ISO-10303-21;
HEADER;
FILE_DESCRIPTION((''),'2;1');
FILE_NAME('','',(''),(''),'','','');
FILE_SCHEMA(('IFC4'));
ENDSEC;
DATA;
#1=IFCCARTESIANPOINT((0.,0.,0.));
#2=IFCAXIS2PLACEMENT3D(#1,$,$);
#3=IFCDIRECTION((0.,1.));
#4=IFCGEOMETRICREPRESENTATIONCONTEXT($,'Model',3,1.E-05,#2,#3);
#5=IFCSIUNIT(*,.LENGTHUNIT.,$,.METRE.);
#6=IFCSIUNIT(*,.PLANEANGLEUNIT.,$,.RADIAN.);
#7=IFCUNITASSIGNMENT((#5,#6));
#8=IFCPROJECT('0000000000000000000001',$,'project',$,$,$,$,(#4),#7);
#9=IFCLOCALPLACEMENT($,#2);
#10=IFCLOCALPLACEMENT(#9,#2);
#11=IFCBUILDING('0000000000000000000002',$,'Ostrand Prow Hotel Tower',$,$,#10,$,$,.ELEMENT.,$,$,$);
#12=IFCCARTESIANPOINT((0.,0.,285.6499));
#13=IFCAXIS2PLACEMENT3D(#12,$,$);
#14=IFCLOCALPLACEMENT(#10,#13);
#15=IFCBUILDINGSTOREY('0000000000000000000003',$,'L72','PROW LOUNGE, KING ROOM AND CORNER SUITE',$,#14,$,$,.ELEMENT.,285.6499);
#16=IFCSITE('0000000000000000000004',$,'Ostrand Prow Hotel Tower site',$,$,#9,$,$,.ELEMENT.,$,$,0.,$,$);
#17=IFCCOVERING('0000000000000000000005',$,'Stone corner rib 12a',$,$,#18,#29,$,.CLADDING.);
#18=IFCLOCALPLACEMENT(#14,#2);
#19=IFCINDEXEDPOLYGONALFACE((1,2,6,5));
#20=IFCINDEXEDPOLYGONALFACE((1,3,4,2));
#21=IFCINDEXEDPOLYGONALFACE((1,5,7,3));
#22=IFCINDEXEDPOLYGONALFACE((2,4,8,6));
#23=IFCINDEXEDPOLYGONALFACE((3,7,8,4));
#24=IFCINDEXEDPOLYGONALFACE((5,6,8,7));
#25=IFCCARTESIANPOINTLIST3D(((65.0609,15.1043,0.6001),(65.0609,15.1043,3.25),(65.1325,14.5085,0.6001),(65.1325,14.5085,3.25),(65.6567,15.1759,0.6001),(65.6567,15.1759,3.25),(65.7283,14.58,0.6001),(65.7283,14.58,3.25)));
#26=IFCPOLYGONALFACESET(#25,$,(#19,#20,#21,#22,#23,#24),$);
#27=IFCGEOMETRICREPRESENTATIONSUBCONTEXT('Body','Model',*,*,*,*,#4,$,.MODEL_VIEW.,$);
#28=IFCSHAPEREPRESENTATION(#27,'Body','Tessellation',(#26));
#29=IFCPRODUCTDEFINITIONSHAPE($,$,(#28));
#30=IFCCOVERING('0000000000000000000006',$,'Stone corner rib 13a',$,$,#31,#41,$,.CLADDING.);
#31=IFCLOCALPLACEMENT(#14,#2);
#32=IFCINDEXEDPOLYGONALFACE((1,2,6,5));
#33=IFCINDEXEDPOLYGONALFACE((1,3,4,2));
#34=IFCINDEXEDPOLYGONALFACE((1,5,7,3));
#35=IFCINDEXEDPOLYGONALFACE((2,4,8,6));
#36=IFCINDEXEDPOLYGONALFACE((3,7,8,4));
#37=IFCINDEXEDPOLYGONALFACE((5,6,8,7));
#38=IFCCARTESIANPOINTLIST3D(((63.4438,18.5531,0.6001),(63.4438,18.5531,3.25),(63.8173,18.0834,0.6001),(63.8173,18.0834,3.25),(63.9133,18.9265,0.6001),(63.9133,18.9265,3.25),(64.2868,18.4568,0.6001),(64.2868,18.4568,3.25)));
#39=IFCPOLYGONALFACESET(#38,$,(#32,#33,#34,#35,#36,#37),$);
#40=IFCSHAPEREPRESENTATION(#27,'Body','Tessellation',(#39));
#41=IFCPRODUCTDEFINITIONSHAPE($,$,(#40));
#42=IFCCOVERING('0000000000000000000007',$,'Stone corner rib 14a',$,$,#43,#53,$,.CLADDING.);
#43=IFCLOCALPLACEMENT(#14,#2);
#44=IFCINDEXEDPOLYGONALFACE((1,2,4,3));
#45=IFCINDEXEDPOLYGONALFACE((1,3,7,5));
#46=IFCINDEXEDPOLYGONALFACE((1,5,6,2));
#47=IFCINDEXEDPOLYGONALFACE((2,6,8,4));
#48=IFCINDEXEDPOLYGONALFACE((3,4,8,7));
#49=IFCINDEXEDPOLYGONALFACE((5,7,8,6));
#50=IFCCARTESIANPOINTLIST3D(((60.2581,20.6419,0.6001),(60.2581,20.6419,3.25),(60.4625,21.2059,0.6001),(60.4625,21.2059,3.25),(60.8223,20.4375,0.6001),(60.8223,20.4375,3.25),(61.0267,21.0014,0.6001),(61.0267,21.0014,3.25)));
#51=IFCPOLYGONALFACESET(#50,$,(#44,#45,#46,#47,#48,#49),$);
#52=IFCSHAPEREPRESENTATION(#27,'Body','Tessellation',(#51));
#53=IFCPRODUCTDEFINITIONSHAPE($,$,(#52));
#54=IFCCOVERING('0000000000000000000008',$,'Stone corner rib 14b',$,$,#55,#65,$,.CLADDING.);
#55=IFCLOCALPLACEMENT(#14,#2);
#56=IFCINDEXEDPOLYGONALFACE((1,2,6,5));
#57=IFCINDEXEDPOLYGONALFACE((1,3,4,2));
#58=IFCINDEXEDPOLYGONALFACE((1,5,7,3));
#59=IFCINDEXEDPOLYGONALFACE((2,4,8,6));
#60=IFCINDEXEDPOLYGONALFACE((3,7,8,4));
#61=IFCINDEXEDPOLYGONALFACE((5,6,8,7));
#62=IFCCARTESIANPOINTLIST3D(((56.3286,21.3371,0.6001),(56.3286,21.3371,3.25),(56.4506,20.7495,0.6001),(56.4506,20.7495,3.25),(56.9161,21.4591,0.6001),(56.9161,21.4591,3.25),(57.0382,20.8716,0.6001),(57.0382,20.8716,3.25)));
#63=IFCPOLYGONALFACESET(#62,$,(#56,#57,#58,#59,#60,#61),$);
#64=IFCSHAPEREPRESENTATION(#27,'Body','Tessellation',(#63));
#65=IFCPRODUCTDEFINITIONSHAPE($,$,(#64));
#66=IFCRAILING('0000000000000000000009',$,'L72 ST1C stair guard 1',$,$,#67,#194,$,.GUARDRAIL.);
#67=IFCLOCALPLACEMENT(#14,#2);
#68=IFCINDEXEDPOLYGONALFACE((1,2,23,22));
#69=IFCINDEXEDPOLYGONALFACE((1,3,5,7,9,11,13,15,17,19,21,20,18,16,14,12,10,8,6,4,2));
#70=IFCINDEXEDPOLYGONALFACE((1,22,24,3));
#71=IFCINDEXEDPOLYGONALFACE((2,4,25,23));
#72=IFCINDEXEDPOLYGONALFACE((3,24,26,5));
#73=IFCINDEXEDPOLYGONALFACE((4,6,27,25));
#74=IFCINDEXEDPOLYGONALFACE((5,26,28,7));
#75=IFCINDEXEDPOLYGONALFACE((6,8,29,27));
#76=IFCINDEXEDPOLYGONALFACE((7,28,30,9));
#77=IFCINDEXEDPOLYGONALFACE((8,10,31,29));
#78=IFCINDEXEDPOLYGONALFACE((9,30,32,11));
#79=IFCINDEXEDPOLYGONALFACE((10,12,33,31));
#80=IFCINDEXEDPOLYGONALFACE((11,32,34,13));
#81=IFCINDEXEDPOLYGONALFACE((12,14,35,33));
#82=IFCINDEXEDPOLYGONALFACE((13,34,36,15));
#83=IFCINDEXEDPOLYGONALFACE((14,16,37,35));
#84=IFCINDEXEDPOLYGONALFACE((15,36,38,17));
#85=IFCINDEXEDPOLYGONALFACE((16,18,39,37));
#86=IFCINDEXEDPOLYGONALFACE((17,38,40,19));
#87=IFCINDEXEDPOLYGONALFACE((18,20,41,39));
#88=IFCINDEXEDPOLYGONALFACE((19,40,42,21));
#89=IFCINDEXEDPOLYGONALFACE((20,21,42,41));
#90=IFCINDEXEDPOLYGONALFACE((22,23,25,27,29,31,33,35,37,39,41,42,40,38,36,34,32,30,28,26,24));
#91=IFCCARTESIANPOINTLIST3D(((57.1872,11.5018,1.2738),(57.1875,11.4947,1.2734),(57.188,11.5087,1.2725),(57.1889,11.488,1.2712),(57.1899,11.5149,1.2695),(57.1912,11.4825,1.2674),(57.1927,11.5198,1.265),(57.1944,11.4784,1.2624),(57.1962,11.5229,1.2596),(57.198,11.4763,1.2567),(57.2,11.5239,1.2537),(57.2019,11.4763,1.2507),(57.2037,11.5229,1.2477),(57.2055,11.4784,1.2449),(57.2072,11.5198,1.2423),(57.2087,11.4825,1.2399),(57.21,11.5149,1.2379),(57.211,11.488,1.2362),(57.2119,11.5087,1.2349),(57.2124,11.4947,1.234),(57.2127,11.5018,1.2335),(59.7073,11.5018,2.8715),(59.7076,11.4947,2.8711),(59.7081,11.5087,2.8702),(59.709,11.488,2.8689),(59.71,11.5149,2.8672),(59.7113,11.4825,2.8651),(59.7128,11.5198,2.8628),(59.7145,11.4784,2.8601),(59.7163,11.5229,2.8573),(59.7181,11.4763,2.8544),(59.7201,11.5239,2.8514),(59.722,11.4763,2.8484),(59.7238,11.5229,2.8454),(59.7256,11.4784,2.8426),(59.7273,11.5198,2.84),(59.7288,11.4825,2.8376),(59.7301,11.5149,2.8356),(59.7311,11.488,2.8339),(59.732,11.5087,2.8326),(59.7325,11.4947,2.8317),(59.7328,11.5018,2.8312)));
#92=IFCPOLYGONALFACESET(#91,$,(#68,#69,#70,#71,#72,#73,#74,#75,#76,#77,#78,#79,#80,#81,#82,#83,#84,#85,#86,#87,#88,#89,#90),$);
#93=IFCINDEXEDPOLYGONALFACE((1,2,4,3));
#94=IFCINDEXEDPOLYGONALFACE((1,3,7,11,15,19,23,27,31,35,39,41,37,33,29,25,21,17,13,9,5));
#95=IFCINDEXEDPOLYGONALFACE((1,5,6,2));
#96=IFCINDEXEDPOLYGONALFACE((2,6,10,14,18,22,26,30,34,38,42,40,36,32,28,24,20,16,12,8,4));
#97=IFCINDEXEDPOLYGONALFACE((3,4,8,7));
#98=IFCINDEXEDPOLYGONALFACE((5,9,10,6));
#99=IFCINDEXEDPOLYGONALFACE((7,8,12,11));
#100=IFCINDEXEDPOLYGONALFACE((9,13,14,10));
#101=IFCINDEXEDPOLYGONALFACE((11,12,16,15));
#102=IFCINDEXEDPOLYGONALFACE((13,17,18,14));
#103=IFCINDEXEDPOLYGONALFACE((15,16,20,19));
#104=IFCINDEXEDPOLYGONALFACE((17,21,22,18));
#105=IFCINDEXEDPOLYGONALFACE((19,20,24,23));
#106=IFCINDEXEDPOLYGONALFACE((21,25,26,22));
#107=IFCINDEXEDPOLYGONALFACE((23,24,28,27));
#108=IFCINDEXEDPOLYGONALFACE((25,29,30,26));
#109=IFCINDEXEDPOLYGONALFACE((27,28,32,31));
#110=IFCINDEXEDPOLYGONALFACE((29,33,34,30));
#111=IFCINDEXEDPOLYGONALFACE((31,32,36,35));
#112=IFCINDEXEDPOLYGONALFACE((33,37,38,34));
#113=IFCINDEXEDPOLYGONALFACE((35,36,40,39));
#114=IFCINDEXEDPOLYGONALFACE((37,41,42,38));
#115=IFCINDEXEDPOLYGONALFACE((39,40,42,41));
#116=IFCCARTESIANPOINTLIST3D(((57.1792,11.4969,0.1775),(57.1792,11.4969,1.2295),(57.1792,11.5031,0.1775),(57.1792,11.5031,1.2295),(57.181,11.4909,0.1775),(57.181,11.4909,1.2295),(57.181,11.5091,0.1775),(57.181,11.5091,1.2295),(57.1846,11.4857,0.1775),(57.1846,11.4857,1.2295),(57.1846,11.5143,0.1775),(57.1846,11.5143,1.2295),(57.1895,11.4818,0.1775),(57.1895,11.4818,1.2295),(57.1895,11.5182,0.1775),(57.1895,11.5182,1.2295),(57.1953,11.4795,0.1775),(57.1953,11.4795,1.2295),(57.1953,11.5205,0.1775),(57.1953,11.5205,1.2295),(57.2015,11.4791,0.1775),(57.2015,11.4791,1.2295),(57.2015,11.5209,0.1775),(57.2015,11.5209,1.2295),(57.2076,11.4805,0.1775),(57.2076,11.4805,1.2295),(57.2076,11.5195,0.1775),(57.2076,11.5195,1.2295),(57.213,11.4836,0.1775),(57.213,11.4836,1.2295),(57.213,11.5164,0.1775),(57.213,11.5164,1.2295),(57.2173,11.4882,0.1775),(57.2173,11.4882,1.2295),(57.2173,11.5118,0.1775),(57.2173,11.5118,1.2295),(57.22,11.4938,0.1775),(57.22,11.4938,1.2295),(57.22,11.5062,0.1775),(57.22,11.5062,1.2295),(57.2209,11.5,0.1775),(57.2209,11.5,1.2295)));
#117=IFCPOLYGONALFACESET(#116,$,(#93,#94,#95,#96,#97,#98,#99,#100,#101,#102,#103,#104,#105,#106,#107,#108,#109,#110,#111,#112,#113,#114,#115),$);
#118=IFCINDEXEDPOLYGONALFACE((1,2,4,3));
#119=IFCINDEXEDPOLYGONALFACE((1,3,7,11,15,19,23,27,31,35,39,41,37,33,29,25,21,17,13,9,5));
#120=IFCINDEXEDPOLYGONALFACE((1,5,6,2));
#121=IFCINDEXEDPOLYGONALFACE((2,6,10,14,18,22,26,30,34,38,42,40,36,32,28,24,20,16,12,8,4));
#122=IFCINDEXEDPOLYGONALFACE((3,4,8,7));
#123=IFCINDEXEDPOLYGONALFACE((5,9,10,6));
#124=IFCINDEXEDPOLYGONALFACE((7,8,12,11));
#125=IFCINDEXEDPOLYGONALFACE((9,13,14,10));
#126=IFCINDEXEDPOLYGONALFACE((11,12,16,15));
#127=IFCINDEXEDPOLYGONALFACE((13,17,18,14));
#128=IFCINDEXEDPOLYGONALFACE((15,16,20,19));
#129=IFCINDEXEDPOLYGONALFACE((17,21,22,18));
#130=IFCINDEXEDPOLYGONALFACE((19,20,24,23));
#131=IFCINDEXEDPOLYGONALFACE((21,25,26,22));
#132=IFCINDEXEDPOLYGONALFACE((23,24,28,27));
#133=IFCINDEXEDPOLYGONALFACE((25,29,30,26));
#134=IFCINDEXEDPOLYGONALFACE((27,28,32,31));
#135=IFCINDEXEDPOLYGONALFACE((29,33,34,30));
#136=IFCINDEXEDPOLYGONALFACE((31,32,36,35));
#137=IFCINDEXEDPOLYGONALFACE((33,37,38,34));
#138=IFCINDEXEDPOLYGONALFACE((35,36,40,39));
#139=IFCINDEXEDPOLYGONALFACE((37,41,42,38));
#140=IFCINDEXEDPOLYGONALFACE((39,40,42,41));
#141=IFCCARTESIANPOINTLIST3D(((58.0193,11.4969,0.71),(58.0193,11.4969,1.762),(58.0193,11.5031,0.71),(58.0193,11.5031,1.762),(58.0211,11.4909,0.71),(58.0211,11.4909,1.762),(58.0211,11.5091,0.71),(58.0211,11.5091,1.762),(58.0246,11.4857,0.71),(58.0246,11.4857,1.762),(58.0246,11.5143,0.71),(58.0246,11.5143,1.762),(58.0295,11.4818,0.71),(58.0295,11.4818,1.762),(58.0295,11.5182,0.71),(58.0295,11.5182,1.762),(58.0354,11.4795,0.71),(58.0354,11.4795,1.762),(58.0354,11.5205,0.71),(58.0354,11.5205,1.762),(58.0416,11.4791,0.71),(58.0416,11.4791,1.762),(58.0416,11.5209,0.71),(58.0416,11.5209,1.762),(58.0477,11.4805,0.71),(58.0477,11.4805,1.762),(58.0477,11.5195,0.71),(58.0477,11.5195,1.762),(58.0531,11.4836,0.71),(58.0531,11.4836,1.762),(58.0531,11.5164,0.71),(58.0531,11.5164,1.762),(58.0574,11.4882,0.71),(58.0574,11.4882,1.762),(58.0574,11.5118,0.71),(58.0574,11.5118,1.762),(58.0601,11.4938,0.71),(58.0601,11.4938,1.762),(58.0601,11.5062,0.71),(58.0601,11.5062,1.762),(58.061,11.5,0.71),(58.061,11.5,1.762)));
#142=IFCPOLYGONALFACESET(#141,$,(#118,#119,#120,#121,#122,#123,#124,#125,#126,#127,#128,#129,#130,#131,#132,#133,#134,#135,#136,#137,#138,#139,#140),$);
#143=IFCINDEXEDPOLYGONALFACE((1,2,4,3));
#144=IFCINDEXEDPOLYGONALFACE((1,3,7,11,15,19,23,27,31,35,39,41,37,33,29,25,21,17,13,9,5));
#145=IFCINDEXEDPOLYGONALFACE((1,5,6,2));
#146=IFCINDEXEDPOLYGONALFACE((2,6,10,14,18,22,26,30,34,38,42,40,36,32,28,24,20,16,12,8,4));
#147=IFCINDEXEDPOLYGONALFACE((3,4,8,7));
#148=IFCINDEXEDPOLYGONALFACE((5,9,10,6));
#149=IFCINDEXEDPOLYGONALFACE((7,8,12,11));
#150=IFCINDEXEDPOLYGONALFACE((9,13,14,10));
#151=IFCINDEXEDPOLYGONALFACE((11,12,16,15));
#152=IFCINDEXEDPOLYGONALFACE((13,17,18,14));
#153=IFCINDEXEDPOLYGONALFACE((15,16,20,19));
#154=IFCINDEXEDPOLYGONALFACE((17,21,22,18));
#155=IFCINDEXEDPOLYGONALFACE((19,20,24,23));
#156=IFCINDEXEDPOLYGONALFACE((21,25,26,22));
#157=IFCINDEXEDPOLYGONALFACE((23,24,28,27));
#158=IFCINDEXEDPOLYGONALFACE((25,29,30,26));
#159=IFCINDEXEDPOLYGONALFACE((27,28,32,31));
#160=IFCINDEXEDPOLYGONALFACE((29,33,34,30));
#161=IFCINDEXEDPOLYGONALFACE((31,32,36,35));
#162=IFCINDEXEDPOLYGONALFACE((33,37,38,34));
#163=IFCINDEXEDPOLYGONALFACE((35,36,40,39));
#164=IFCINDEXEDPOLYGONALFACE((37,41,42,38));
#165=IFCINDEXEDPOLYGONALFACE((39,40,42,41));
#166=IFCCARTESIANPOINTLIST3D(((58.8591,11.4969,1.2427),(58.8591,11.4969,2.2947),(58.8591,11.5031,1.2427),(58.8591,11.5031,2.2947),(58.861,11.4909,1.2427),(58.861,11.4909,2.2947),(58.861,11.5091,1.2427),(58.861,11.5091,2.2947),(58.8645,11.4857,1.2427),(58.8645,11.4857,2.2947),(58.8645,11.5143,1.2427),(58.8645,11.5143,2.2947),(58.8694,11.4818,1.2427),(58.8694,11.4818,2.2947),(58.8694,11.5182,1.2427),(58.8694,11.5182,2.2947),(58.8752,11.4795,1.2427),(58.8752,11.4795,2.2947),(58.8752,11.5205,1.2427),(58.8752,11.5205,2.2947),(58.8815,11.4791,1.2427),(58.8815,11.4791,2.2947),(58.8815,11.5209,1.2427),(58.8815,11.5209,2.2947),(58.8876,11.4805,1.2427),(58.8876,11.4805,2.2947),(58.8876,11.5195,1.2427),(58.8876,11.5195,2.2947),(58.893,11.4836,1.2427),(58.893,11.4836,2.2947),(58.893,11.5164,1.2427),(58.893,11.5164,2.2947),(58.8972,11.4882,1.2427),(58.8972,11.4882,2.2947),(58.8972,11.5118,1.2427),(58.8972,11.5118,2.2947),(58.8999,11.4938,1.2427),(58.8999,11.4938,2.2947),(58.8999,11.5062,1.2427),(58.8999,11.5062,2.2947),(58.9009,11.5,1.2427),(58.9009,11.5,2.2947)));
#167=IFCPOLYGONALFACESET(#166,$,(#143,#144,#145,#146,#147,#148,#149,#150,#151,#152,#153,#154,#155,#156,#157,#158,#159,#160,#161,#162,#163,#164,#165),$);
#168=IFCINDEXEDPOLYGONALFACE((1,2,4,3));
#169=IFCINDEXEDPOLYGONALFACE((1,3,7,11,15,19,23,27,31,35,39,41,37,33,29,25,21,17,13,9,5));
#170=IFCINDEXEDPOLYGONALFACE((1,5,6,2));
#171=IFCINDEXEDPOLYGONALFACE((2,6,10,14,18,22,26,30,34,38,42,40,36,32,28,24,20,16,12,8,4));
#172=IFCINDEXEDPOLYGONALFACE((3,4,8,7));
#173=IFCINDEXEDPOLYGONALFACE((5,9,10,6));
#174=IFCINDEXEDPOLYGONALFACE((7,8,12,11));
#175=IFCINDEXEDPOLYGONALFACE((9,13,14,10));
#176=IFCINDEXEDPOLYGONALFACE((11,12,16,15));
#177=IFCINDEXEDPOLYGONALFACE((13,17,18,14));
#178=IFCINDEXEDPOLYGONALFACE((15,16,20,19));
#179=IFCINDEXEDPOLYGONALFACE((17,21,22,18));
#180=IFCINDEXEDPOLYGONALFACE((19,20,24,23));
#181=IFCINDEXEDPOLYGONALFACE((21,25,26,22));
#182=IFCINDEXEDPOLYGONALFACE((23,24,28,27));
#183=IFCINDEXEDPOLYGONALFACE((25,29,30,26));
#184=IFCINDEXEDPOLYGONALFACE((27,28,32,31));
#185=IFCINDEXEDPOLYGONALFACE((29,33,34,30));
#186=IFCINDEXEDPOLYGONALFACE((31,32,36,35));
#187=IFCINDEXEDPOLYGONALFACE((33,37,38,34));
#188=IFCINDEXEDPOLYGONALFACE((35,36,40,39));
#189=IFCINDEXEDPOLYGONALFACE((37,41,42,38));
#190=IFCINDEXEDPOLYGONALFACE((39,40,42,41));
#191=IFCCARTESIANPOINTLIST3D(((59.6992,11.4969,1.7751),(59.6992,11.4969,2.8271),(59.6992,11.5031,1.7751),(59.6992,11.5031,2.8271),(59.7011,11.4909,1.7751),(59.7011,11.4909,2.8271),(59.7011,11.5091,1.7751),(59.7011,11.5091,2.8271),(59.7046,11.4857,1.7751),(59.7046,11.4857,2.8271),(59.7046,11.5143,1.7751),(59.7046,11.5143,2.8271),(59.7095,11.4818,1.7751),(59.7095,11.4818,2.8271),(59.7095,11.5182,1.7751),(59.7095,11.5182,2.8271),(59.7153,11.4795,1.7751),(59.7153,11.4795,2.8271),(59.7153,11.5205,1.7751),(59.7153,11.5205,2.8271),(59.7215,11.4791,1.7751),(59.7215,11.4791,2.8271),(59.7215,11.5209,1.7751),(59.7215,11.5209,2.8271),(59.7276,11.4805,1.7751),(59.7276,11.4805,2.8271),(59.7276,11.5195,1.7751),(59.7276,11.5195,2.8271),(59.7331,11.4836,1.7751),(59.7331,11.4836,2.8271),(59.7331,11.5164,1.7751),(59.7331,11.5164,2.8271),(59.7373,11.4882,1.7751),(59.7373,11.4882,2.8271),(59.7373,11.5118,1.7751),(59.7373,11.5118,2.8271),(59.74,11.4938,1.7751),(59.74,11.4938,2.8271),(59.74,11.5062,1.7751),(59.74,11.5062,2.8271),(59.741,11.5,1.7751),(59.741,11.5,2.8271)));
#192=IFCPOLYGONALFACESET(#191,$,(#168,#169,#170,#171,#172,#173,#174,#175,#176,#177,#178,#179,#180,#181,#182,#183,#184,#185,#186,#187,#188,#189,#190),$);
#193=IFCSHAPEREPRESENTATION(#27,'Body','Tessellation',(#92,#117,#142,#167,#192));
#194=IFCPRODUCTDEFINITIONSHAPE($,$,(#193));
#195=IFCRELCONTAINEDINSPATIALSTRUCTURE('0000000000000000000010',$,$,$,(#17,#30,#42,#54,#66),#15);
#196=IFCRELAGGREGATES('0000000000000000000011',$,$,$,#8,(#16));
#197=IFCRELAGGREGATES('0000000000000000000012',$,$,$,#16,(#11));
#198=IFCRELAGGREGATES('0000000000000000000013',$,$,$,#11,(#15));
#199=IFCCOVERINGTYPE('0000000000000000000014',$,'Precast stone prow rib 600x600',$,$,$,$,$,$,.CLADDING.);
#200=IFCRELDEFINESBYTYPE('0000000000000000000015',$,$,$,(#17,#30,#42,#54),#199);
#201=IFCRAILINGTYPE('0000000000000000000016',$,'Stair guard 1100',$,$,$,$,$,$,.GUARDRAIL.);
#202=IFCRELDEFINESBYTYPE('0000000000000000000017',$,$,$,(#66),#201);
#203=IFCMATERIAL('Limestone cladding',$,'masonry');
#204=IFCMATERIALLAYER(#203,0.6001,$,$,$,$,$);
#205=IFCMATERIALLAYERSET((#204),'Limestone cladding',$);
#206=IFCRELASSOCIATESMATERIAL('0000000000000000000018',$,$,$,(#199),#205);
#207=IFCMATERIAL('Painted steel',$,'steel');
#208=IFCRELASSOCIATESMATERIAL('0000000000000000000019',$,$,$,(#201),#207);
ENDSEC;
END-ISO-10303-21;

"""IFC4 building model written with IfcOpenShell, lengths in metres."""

from ifc_helpers import new_model, si_unit, direction, frame, frame_2d, origin, origin_2d, place, context, subcontext, project, spatial, rectangle, circle, extrude, material, layer, layer_set, type_object, element, save


model = new_model("IFC4")

# Units and contexts
model_context = context("Model", 3, precision=1e-05, world=origin(), true_north=direction((0.0, 1.0)))
body_context = subcontext(model_context, "Body", "Model", "MODEL_VIEW")
ifc_project = project(units=[si_unit("LENGTHUNIT", "METRE"), si_unit("PLANEANGLEUNIT", "RADIAN")], contexts=[model_context])

# Site, building, storey
site_placement = place(None, origin())
site = spatial("IfcSite", under=ifc_project, at=site_placement, Name="Ostrand Prow Hotel Tower site", CompositionType="ELEMENT", RefElevation=0.0)
building_placement = place(site_placement, origin())
building = spatial("IfcBuilding", under=site, at=building_placement, Name="Ostrand Prow Hotel Tower", CompositionType="ELEMENT")
storey_placement = place(building_placement, frame((0.0, 0.0, 285.6499)))
storey = spatial("IfcBuildingStorey", under=building, at=storey_placement, Name="L72", Description="PROW LOUNGE, KING ROOM AND CORNER SUITE", CompositionType="ELEMENT", Elevation=285.6499)

# Coverings
ifc_material_1 = material(Name="Limestone cladding", Category="masonry")
ifc_layer_1 = layer(ifc_material_1, 0.6001)
ifc_layer_set_1 = layer_set([ifc_layer_1], Name="Limestone cladding")
covering_type = type_object("IfcCoveringType", Name="Precast stone prow rib 600x600", PredefinedType="CLADDING", material=ifc_layer_set_1)
covering_1_placement = place(storey_placement, frame((65.0967, 14.8064, 0.6001), z_axis=(0.0, 0.0, 1.0), x_axis=(0.992867, 0.119225, 0.0)))
element("IfcCovering", 1, at=covering_1_placement, inside=storey, type_object=covering_type, Name="Stone corner rib 12a", PredefinedType="CLADDING", context=body_context, shape_type="SweptSolid", body=[
    extrude(rectangle(XDim=0.6001, YDim=0.6001, at=frame_2d((0.3, 0.0))), origin(), (0.0, 0.0, 1.0), 2.6499),
])
for number, where, z_axis, x_axis, name in (
    (2, (63.6306, 18.3184, 0.6001), (0.0, 0.0, 1.0), (0.782732, 0.622359, 0.0), "Stone corner rib 13a"),
    (3, (60.5403, 20.5398, 0.6001), (0.0, 0.0, 1.0), (0.340664, 0.940185, 0.0), "Stone corner rib 14a"),
):
    element("IfcCovering", number, at=place(storey_placement, frame(where, z_axis=z_axis, x_axis=x_axis)), inside=storey, type_object=covering_type, Name=name, PredefinedType="CLADDING", context=body_context, shape_type="SweptSolid", body=[
        extrude(rectangle(XDim=0.5999, YDim=0.6001, at=frame_2d((0.2998, 0.0))), origin(), (0.0, 0.0, 1.0), 2.6499),
    ])
covering_2_placement = place(storey_placement, frame((56.7444, 20.8105, 0.6001), z_axis=(0.0, 0.0, 1.0), x_axis=(-0.203386, 0.979099, 0.0)))
element("IfcCovering", 4, at=covering_2_placement, inside=storey, type_object=covering_type, Name="Stone corner rib 14b", PredefinedType="CLADDING", context=body_context, shape_type="SweptSolid", body=[
    extrude(rectangle(XDim=0.6001, YDim=0.6001, at=frame_2d((0.3, 0.0))), origin(), (0.0, 0.0, 1.0), 2.6499),
])

# Railing
ifc_material_2 = material(Name="Painted steel", Category="steel")
railing_type_1 = type_object("IfcRailingType", Name="Stair guard 1100", PredefinedType="GUARDRAIL", material=ifc_material_2)
railing_1_placement = place(storey_placement, frame((57.2, 11.5, 0.1775)))
element("IfcRailing", 5, at=railing_1_placement, inside=storey, type_object=railing_type_1, Name="L72 ST1C stair guard 1", PredefinedType="GUARDRAIL", context=body_context, shape_type="SweptSolid", body=[
    extrude(circle(Radius=0.0239, at=origin_2d()), frame((0.0, 0.0, 1.0762), z_axis=(0.84457, 0.0, 0.535445), x_axis=(0.0, 1.0, 0.0)), (0.0, 0.0, 1.0), 2.9839),
    extrude(circle(Radius=0.021, at=origin_2d()), origin(), (0.0, 0.0, 1.0), 1.052),
    extrude(circle(Radius=0.021, at=origin_2d()), frame((0.8401, 0.0, 0.5325)), (0.0, 0.0, 1.0), 1.052),
    extrude(circle(Radius=0.021, at=origin_2d()), frame((1.6799, 0.0, 1.0652)), (0.0, 0.0, 1.0), 1.052),
    extrude(circle(Radius=0.021, at=origin_2d()), frame((2.52, 0.0, 1.5977)), (0.0, 0.0, 1.0), 1.052),
])

save(model, "model.ifc")
